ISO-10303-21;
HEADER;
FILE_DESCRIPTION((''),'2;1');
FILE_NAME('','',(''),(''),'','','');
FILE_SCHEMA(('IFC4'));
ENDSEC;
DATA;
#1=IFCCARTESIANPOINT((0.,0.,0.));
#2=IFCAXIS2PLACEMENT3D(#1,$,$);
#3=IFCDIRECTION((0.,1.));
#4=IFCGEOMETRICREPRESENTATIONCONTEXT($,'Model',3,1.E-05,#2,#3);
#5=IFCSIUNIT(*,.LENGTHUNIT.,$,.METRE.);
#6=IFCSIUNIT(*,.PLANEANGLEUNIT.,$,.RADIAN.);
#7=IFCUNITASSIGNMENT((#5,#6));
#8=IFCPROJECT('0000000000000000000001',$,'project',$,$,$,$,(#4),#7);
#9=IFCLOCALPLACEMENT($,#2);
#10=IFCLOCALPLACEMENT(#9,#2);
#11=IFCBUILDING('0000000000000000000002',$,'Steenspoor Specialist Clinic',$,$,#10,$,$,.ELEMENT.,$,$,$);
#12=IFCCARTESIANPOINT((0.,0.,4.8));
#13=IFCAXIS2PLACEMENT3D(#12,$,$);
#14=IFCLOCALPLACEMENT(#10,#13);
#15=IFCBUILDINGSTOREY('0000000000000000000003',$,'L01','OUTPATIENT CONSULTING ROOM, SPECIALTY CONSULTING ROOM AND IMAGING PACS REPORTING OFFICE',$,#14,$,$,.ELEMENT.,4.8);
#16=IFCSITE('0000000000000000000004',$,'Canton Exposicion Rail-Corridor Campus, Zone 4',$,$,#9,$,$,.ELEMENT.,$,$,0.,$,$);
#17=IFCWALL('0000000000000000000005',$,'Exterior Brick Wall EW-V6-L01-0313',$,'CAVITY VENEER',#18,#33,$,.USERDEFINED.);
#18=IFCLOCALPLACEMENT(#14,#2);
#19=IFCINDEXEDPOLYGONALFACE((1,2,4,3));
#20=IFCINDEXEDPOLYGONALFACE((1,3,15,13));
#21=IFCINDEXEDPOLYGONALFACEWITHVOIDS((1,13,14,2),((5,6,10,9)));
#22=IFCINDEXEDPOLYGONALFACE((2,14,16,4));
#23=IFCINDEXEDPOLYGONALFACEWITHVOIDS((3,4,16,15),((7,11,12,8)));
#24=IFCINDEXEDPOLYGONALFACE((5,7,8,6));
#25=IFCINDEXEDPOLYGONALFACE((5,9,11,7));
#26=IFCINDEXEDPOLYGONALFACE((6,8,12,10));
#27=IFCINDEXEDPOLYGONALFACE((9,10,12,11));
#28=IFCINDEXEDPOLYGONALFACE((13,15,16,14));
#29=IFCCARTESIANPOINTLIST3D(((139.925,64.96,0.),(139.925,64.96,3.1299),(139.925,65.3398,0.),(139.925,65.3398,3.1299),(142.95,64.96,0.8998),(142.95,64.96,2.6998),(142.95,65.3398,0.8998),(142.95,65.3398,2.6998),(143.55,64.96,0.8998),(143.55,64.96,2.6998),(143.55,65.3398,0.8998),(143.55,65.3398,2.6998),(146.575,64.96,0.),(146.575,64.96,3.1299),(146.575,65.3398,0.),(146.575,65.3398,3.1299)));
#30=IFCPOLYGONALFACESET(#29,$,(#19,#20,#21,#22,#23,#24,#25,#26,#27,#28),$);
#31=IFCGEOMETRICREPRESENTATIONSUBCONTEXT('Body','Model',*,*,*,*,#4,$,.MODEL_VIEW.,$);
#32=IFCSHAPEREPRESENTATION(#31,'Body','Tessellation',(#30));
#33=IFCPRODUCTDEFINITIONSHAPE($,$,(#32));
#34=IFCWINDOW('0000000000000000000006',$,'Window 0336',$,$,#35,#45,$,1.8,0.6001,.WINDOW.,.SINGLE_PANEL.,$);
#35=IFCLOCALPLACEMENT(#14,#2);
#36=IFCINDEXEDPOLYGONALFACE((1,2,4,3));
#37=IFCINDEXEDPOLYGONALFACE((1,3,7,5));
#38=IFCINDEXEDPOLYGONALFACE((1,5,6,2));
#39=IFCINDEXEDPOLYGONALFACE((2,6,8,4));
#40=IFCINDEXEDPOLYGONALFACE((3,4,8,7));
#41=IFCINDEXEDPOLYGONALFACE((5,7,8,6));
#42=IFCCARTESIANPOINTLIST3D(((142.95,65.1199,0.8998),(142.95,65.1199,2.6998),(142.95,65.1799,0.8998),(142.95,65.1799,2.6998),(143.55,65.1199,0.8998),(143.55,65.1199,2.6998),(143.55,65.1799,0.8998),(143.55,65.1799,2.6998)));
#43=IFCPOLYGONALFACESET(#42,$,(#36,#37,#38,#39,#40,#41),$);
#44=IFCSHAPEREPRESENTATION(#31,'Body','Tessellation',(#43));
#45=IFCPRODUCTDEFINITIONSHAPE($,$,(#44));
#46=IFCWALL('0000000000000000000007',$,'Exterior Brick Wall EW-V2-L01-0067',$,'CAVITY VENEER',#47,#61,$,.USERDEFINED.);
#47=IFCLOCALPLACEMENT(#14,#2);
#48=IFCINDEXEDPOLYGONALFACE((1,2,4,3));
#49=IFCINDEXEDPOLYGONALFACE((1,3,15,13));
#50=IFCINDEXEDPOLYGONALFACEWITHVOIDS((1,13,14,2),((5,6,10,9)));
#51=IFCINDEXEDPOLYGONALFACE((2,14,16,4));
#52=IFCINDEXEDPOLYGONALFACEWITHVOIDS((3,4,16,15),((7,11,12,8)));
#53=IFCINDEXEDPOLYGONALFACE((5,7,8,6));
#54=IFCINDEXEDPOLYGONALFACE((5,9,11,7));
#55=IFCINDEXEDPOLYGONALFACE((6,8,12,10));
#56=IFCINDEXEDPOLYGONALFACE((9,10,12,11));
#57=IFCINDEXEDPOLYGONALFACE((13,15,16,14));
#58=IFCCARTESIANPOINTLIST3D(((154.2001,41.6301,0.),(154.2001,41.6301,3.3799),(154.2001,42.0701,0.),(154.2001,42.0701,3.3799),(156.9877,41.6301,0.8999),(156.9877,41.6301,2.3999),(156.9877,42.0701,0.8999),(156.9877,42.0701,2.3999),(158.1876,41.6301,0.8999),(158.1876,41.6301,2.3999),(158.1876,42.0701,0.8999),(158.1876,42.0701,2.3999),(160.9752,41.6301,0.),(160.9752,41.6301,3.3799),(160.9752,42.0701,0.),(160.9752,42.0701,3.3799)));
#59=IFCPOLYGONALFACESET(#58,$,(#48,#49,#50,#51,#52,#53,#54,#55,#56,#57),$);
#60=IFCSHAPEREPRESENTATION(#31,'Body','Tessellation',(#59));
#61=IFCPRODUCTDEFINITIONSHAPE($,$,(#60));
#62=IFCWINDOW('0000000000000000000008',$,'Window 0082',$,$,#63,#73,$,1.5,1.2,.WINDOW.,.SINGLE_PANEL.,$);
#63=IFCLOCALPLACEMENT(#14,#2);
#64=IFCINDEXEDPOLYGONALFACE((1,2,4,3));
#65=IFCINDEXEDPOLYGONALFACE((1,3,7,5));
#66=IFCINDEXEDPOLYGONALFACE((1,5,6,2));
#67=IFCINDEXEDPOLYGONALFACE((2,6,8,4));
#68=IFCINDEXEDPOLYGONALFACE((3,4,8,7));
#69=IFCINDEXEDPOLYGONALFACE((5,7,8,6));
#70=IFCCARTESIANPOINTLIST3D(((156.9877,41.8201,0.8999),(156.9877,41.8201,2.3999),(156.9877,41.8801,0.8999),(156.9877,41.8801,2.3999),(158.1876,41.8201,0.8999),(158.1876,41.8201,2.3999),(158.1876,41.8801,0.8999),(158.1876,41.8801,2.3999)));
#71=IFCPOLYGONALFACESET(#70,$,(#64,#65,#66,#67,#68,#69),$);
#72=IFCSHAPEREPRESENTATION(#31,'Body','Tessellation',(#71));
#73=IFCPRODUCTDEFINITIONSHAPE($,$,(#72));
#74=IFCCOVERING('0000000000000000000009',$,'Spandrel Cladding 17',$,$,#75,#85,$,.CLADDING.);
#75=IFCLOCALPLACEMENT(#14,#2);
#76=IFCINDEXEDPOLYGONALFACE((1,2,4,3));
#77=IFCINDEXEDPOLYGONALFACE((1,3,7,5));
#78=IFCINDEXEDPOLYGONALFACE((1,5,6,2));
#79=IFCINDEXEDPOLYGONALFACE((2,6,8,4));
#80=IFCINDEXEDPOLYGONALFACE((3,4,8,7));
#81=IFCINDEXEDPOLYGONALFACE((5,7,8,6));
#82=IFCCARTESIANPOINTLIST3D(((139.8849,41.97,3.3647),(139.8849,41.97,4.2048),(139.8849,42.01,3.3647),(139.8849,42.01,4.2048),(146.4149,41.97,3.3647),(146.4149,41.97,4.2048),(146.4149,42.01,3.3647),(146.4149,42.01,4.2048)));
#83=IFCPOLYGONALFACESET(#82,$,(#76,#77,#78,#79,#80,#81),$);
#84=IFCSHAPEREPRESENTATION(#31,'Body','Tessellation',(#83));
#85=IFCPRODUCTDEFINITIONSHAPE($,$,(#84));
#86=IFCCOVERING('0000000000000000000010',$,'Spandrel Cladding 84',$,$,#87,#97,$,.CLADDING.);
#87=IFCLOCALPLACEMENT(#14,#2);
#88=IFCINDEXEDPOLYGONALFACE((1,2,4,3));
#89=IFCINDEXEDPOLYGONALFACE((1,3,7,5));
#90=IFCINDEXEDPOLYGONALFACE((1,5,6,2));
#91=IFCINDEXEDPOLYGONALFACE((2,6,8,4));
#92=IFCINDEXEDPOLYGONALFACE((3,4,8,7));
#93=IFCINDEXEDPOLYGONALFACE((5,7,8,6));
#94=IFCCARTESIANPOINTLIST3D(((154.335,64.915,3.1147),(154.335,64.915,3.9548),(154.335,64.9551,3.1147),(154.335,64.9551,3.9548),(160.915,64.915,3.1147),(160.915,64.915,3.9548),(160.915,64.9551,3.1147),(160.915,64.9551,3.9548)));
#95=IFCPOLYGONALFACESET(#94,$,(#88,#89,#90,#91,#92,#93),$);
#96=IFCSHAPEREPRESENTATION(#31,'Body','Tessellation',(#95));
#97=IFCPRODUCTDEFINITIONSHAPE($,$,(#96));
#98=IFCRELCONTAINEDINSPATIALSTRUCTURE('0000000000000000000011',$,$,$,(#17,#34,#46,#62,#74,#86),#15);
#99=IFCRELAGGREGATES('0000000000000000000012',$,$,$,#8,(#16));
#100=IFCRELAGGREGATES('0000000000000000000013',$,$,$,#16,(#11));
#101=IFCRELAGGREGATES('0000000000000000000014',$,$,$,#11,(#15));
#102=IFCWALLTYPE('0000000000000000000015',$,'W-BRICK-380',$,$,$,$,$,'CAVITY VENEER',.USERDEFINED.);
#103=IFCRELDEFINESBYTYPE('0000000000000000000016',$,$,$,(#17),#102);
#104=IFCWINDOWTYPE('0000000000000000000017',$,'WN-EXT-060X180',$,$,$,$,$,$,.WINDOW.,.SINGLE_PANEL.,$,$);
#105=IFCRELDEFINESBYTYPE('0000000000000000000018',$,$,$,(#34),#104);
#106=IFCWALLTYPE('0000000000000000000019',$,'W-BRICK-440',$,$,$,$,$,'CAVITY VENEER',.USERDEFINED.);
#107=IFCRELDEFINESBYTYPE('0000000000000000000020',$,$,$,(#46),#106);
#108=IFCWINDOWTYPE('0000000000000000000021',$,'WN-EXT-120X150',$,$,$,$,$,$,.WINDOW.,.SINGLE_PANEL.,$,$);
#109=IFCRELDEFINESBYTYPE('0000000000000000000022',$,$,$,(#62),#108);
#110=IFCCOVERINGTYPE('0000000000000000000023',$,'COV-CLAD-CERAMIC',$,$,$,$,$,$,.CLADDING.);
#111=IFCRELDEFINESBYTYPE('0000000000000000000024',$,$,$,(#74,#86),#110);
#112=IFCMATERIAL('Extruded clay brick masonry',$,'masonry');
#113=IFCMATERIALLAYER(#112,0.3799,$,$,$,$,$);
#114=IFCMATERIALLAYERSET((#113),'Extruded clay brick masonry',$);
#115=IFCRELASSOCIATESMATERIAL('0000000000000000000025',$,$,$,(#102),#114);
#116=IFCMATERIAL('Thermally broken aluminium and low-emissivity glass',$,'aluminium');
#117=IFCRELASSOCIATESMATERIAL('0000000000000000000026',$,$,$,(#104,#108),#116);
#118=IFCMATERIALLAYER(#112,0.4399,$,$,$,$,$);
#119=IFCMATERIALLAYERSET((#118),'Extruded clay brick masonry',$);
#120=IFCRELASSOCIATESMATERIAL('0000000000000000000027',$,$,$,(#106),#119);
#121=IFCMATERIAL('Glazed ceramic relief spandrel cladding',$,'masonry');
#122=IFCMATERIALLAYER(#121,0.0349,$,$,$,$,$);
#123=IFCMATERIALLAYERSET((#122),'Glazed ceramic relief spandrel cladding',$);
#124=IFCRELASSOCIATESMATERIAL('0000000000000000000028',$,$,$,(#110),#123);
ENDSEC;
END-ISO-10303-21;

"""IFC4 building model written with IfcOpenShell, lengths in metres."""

from ifc_helpers import new_model, si_unit, direction, frame, frame_2d, origin, origin_2d, place, context, subcontext, project, spatial, rectangle, extrude, material, layer, layer_set, type_object, element, fill, save


model = new_model("IFC4")

# Units and contexts
model_context = context("Model", 3, precision=1e-05, world=origin(), true_north=direction((0.0, 1.0)))
body_context = subcontext(model_context, "Body", "Model", "MODEL_VIEW")
ifc_project = project(units=[si_unit("LENGTHUNIT", "METRE"), si_unit("PLANEANGLEUNIT", "RADIAN")], contexts=[model_context])

# Site, building, storey
site_placement = place(None, origin())
site = spatial("IfcSite", under=ifc_project, at=site_placement, Name="Canton Exposicion Rail-Corridor Campus, Zone 4", CompositionType="ELEMENT", RefElevation=0.0)
building_placement = place(site_placement, origin())
building = spatial("IfcBuilding", under=site, at=building_placement, Name="Steenspoor Specialist Clinic", CompositionType="ELEMENT")
storey_placement = place(building_placement, frame((0.0, 0.0, 4.8)))
storey = spatial("IfcBuildingStorey", under=building, at=storey_placement, Name="L01", Description="OUTPATIENT CONSULTING ROOM, SPECIALTY CONSULTING ROOM AND IMAGING PACS REPORTING OFFICE", CompositionType="ELEMENT", Elevation=4.8)

# Shared definitions
ifc_material_1 = material(Name="Thermally broken aluminium and low-emissivity glass", Category="aluminium")

# Walls, openings, windows
ifc_material_2 = material(Name="Extruded clay brick masonry", Category="masonry")
ifc_layer_1 = layer(ifc_material_2, 0.3799)
ifc_layer_set_1 = layer_set([ifc_layer_1], Name="Extruded clay brick masonry")
wall_type_1 = type_object("IfcWallType", Name="W-BRICK-380", ElementType="CAVITY VENEER", PredefinedType="USERDEFINED", material=ifc_layer_set_1)
wall_1_placement = place(storey_placement, frame((146.575, 65.1499, 0.0), z_axis=(0.0, 0.0, 1.0), x_axis=(-1.0, 0.0, 0.0)))
wall_1 = element("IfcWall", 1, at=wall_1_placement, inside=storey, type_object=wall_type_1, Name="Exterior Brick Wall EW-V6-L01-0313", ObjectType="CAVITY VENEER", PredefinedType="USERDEFINED", context=body_context, shape_type="SweptSolid", body=[
    extrude(rectangle(XDim=6.6499, YDim=0.3799, at=frame_2d((3.325, 0.0))), origin(), (0.0, 0.0, 1.0), 3.1299),
])
opening_1_placement = place(wall_1_placement, frame((3.0249, 0.0, 0.8999)))
opening_1 = element("IfcOpeningElement", 2, at=opening_1_placement, cuts=wall_1, PredefinedType="OPENING", context=body_context, shape_type="SweptSolid", body=[
    extrude(rectangle(XDim=0.6001, YDim=1.8, at=frame_2d((0.3, 0.8999))), frame((0.0, 0.2, 0.0), z_axis=(0.0, -1.0, 0.0), x_axis=(1.0, 0.0, 0.0)), (0.0, 0.0, 1.0), 0.3999),
])
window_type_1 = type_object("IfcWindowType", Name="WN-EXT-060X180", PartitioningType="SINGLE_PANEL", PredefinedType="WINDOW", material=ifc_material_1)
window_1_placement = place(opening_1_placement, origin())
window_1 = element("IfcWindow", 3, at=window_1_placement, inside=storey, type_object=window_type_1, Name="Window 0336", OverallHeight=1.8, OverallWidth=0.6001, PartitioningType="SINGLE_PANEL", PredefinedType="WINDOW", context=body_context, shape_type="SweptSolid", body=[
    extrude(rectangle(XDim=0.6001, YDim=1.8, at=frame_2d((0.3, 0.8999))), frame((0.0, 0.03, 0.0), z_axis=(0.0, -1.0, 0.0), x_axis=(1.0, 0.0, 0.0)), (0.0, 0.0, 1.0), 0.0601),
])
fill(opening_1, window_1)
ifc_layer_2 = layer(ifc_material_2, 0.4399)
ifc_layer_set_2 = layer_set([ifc_layer_2], Name="Extruded clay brick masonry")
wall_type_2 = type_object("IfcWallType", Name="W-BRICK-440", ElementType="CAVITY VENEER", PredefinedType="USERDEFINED", material=ifc_layer_set_2)
wall_2_placement = place(storey_placement, frame((154.2, 41.8501, 0.0), z_axis=(0.0, 0.0, 1.0), x_axis=(1.0, 0.0, 0.0)))
wall_2 = element("IfcWall", 4, at=wall_2_placement, inside=storey, type_object=wall_type_2, Name="Exterior Brick Wall EW-V2-L01-0067", ObjectType="CAVITY VENEER", PredefinedType="USERDEFINED", context=body_context, shape_type="SweptSolid", body=[
    extrude(rectangle(XDim=6.7751, YDim=0.4399, at=frame_2d((3.3877, 0.0))), origin(), (0.0, 0.0, 1.0), 3.3799),
])
opening_2_placement = place(wall_2_placement, frame((2.7876, 0.0, 0.8999)))
opening_2 = element("IfcOpeningElement", 5, at=opening_2_placement, cuts=wall_2, PredefinedType="OPENING", context=body_context, shape_type="SweptSolid", body=[
    extrude(rectangle(XDim=1.2, YDim=1.5, at=frame_2d((0.6001, 0.75))), frame((0.0, 0.23, 0.0), z_axis=(0.0, -1.0, 0.0), x_axis=(1.0, 0.0, 0.0)), (0.0, 0.0, 1.0), 0.46),
])
window_type_2 = type_object("IfcWindowType", Name="WN-EXT-120X150", PartitioningType="SINGLE_PANEL", PredefinedType="WINDOW", material=ifc_material_1)
window_2_placement = place(opening_2_placement, origin())
window_2 = element("IfcWindow", 6, at=window_2_placement, inside=storey, type_object=window_type_2, Name="Window 0082", OverallHeight=1.5, OverallWidth=1.2, PartitioningType="SINGLE_PANEL", PredefinedType="WINDOW", context=body_context, shape_type="SweptSolid", body=[
    extrude(rectangle(XDim=1.2, YDim=1.5, at=frame_2d((0.6001, 0.75))), frame((0.0, 0.03, 0.0), z_axis=(0.0, -1.0, 0.0), x_axis=(1.0, 0.0, 0.0)), (0.0, 0.0, 1.0), 0.0601),
])
fill(opening_2, window_2)

# Coverings
ifc_material_3 = material(Name="Glazed ceramic relief spandrel cladding", Category="masonry")
ifc_layer_3 = layer(ifc_material_3, 0.0349)
ifc_layer_set_3 = layer_set([ifc_layer_3], Name="Glazed ceramic relief spandrel cladding")
covering_type = type_object("IfcCoveringType", Name="COV-CLAD-CERAMIC", PredefinedType="CLADDING", material=ifc_layer_set_3)
covering_1_placement = place(storey_placement, frame((143.1499, 41.99, 3.3647), z_axis=(0.0, 0.0, 1.0), x_axis=(1.0, 0.0, 0.0)))
element("IfcCovering", 7, at=covering_1_placement, inside=storey, type_object=covering_type, Name="Spandrel Cladding 17", PredefinedType="CLADDING", context=body_context, shape_type="SweptSolid", body=[
    extrude(rectangle(XDim=6.53, YDim=0.04, at=origin_2d()), origin(), (0.0, 0.0, 1.0), 0.8401),
])
covering_2_placement = place(storey_placement, frame((157.625, 64.9351, 3.1147), z_axis=(0.0, 0.0, 1.0), x_axis=(-1.0, 0.0, 0.0)))
element("IfcCovering", 8, at=covering_2_placement, inside=storey, type_object=covering_type, Name="Spandrel Cladding 84", PredefinedType="CLADDING", context=body_context, shape_type="SweptSolid", body=[
    extrude(rectangle(XDim=6.5801, YDim=0.04, at=origin_2d()), origin(), (0.0, 0.0, 1.0), 0.8401),
])

save(model, "model.ifc")
